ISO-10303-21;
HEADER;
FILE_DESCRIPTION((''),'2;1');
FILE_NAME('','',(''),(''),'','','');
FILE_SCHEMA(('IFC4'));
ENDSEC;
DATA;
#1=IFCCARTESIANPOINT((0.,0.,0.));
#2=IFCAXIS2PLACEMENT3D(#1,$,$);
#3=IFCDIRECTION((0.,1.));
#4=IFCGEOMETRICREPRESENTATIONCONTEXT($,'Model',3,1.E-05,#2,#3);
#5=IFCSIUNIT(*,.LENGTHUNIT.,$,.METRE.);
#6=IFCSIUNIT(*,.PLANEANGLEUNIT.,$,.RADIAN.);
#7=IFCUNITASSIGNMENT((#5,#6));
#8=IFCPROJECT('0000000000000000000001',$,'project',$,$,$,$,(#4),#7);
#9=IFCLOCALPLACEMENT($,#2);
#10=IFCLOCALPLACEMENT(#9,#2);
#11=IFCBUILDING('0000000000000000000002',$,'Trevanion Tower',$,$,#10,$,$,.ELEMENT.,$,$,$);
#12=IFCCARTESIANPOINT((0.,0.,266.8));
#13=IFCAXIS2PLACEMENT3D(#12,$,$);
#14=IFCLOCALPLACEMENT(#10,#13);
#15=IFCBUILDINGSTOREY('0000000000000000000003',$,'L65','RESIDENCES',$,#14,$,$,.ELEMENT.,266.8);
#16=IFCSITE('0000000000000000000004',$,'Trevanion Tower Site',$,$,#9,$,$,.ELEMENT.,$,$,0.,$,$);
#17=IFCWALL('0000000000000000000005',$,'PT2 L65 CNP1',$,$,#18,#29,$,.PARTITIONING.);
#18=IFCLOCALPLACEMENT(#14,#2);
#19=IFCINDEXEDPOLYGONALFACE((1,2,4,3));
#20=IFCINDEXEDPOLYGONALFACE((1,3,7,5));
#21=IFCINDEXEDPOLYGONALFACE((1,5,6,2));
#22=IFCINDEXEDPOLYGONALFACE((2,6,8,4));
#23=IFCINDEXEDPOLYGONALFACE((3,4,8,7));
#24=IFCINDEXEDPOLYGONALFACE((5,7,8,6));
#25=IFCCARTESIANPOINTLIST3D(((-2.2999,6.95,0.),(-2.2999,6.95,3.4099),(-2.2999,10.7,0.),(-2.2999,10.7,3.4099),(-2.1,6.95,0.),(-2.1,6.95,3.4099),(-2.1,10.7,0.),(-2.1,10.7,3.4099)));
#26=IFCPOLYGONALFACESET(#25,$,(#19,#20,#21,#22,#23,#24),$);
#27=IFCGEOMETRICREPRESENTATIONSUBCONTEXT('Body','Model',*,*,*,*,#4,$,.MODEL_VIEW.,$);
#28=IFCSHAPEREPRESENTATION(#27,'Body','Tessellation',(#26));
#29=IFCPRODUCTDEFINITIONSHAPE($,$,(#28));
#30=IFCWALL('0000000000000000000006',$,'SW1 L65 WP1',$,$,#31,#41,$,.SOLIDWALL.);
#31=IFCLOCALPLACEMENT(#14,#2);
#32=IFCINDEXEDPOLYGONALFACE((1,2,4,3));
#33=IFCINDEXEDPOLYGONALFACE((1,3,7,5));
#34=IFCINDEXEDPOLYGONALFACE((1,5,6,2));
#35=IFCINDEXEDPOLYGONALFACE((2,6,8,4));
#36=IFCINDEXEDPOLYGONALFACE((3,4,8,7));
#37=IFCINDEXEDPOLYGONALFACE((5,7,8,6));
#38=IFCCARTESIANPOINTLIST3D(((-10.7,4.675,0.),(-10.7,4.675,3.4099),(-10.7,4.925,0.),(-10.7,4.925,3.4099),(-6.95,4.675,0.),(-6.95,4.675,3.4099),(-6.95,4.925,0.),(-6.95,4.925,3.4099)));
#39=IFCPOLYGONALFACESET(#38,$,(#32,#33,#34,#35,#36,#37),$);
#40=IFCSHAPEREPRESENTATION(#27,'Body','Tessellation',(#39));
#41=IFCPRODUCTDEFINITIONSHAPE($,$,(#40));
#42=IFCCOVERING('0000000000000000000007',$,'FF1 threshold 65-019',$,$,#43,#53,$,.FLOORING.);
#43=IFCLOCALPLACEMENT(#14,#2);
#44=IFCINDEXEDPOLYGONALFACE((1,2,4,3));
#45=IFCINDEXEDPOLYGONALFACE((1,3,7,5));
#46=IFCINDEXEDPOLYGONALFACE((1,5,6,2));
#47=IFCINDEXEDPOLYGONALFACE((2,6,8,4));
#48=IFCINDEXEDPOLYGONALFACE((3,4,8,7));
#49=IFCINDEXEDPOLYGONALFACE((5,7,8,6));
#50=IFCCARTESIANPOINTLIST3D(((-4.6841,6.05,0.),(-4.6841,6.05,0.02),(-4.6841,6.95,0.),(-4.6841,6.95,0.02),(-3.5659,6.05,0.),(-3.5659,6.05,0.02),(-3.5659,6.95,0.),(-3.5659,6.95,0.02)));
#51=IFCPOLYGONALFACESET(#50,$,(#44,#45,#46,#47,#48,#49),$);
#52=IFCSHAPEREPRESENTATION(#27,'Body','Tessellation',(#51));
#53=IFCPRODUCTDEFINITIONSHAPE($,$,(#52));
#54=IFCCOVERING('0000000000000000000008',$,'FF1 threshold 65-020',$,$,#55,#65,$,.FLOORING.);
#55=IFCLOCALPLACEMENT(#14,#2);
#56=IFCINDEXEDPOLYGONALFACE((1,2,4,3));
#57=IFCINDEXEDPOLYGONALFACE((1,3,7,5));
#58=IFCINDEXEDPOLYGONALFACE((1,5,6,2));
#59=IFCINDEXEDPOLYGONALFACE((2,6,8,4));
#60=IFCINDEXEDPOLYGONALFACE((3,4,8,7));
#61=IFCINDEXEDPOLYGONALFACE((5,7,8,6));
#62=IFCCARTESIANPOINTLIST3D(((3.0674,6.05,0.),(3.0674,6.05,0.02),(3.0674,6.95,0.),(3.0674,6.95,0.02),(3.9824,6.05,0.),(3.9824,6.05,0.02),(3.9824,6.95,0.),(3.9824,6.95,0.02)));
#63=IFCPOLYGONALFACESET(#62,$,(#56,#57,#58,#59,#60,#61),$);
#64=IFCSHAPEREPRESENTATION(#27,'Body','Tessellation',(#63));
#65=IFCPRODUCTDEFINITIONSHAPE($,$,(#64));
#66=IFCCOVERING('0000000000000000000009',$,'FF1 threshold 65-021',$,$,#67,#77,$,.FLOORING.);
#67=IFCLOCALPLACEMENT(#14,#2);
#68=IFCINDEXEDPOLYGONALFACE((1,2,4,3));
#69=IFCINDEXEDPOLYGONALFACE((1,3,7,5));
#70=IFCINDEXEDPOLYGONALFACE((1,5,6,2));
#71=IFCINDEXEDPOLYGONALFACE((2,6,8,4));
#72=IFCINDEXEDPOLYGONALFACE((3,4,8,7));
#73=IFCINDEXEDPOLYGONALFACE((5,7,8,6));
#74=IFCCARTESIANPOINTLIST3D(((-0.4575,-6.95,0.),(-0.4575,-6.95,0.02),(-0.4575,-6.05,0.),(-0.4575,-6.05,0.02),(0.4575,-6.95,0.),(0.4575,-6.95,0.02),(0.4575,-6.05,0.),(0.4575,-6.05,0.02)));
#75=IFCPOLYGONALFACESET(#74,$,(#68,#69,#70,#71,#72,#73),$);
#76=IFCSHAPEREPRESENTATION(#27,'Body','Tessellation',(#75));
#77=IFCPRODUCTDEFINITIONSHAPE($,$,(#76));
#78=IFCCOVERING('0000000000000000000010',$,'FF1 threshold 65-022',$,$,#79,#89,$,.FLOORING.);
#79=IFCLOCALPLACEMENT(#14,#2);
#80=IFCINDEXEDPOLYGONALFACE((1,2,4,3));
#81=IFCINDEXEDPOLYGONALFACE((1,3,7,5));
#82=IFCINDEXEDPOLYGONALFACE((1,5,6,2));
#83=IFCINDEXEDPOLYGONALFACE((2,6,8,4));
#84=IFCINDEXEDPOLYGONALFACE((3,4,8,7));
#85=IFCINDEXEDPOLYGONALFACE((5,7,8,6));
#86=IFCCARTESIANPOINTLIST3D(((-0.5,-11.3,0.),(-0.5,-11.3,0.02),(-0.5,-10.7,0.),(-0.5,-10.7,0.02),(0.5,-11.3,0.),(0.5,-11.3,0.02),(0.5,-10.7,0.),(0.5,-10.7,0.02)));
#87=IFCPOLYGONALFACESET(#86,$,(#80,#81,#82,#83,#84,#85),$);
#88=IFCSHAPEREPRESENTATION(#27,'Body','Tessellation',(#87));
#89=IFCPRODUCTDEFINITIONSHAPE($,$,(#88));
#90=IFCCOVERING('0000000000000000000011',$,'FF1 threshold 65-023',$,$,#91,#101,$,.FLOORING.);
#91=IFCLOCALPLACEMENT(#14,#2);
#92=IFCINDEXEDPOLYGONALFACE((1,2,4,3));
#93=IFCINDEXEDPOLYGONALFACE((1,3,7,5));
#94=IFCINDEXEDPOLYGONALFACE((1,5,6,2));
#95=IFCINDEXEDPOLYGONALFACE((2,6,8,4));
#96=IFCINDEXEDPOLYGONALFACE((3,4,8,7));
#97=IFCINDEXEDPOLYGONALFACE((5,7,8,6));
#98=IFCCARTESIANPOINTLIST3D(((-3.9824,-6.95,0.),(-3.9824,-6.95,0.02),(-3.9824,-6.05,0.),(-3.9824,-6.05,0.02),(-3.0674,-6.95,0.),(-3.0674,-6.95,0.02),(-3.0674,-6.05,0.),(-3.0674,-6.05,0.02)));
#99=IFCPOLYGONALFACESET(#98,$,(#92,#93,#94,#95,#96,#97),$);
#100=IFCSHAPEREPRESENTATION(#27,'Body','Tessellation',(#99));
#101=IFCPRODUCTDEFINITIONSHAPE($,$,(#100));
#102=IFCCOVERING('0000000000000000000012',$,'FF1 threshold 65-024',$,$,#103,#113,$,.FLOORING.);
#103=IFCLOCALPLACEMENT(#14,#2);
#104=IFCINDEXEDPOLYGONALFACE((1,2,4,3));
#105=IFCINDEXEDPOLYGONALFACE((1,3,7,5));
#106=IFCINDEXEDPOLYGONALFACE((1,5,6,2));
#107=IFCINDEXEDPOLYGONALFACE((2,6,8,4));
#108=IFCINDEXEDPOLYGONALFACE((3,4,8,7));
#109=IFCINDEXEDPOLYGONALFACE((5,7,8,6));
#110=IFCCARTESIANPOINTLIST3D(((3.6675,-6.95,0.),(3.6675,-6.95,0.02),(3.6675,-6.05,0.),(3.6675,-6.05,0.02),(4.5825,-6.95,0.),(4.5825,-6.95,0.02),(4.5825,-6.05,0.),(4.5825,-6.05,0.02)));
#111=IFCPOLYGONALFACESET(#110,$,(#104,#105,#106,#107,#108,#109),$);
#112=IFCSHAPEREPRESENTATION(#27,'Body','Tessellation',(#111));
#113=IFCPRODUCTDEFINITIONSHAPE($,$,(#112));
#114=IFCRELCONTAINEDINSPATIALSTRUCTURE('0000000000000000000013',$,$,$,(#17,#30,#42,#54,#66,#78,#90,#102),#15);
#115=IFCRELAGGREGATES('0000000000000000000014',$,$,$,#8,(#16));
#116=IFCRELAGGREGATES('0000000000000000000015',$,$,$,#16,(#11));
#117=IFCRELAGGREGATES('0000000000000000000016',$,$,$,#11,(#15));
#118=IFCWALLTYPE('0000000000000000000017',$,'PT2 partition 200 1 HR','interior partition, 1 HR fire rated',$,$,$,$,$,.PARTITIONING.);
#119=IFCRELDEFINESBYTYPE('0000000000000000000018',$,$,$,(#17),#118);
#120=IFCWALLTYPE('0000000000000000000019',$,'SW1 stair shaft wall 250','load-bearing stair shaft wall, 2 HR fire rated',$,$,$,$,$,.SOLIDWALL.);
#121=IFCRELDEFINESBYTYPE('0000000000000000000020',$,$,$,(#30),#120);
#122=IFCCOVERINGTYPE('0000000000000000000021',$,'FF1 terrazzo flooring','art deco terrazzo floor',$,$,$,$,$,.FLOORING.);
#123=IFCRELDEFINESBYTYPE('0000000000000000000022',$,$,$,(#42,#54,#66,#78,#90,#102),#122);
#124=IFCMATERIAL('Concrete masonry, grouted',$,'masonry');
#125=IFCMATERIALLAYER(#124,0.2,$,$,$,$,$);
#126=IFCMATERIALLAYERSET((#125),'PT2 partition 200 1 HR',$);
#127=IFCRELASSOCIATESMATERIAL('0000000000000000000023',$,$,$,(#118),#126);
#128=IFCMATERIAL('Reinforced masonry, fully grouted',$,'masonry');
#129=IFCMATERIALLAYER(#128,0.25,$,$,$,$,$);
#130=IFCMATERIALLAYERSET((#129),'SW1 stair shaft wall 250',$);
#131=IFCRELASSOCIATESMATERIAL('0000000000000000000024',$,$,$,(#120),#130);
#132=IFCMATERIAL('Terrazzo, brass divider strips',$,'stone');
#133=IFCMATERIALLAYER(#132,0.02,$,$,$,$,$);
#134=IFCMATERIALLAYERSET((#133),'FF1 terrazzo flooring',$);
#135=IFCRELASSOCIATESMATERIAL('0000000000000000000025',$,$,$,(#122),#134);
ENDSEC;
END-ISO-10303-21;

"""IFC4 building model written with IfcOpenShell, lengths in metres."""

from ifc_helpers import new_model, si_unit, direction, frame, frame_2d, origin, place, context, subcontext, project, spatial, polyline, rectangle, outline, extrude, material, layer, layer_set, type_object, element, save


model = new_model("IFC4")

# Units and contexts
model_context = context("Model", 3, precision=1e-05, world=origin(), true_north=direction((0.0, 1.0)))
body_context = subcontext(model_context, "Body", "Model", "MODEL_VIEW")
ifc_project = project(units=[si_unit("LENGTHUNIT", "METRE"), si_unit("PLANEANGLEUNIT", "RADIAN")], contexts=[model_context])

# Site, building, storey
site_placement = place(None, origin())
site = spatial("IfcSite", under=ifc_project, at=site_placement, Name="Trevanion Tower Site", CompositionType="ELEMENT", RefElevation=0.0)
building_placement = place(site_placement, origin())
building = spatial("IfcBuilding", under=site, at=building_placement, Name="Trevanion Tower", CompositionType="ELEMENT")
storey_placement = place(building_placement, frame((0.0, 0.0, 266.8)))
storey = spatial("IfcBuildingStorey", under=building, at=storey_placement, Name="L65", Description="RESIDENCES", CompositionType="ELEMENT", Elevation=266.8)

# Shared definitions
ifc_material_1 = material(Name="Concrete masonry, grouted", Category="masonry")
ifc_layer_1 = layer(ifc_material_1, 0.2)
ifc_layer_set_1 = layer_set([ifc_layer_1], Name="PT2 partition 200 1 HR")
wall_type_1 = type_object("IfcWallType", Name="PT2 partition 200 1 HR", Description="interior partition, 1 HR fire rated", PredefinedType="PARTITIONING", material=ifc_layer_set_1)

# Walls
wall_1_placement = place(storey_placement, frame((-2.2, 6.95, 0.0), z_axis=(0.0, 0.0, 1.0), x_axis=(0.0, 1.0, 0.0)))
element("IfcWall", 1, at=wall_1_placement, inside=storey, type_object=wall_type_1, Name="PT2 L65 CNP1", PredefinedType="PARTITIONING", context=body_context, shape_type="SweptSolid", body=[
    extrude(rectangle(XDim=3.75, YDim=0.2, at=frame_2d((1.875, 0.0))), origin(), (0.0, 0.0, 1.0), 3.4099),
])
ifc_material_2 = material(Name="Reinforced masonry, fully grouted", Category="masonry")
ifc_layer_2 = layer(ifc_material_2, 0.25)
ifc_layer_set_2 = layer_set([ifc_layer_2], Name="SW1 stair shaft wall 250")
wall_type_2 = type_object("IfcWallType", Name="SW1 stair shaft wall 250", Description="load-bearing stair shaft wall, 2 HR fire rated", PredefinedType="SOLIDWALL", material=ifc_layer_set_2)
wall_2_placement = place(storey_placement, frame((-6.95, 4.8, 0.0), z_axis=(0.0, 0.0, 1.0), x_axis=(-1.0, 0.0, 0.0)))
element("IfcWall", 2, at=wall_2_placement, inside=storey, type_object=wall_type_2, Name="SW1 L65 WP1", PredefinedType="SOLIDWALL", context=body_context, shape_type="SweptSolid", body=[
    extrude(rectangle(XDim=3.75, YDim=0.25, at=frame_2d((1.875, 0.0))), origin(), (0.0, 0.0, 1.0), 3.4099),
])

# Coverings
ifc_material_3 = material(Name="Terrazzo, brass divider strips", Category="stone")
ifc_layer_3 = layer(ifc_material_3, 0.02)
ifc_layer_set_3 = layer_set([ifc_layer_3], Name="FF1 terrazzo flooring")
covering_type = type_object("IfcCoveringType", Name="FF1 terrazzo flooring", Description="art deco terrazzo floor", PredefinedType="FLOORING", material=ifc_layer_set_3)
covering_1_placement = place(storey_placement, origin())
element("IfcCovering", 3, at=covering_1_placement, inside=storey, type_object=covering_type, Name="FF1 threshold 65-019", PredefinedType="FLOORING", context=body_context, shape_type="SweptSolid", body=[
    extrude(outline(polyline([(-3.5659, 6.95), (-4.6841, 6.95), (-4.6841, 6.05), (-3.5659, 6.05), (-3.5659, 6.95)])), origin(), (0.0, 0.0, 1.0), 0.02),
])
covering_2_placement = place(storey_placement, origin())
element("IfcCovering", 4, at=covering_2_placement, inside=storey, type_object=covering_type, Name="FF1 threshold 65-020", PredefinedType="FLOORING", context=body_context, shape_type="SweptSolid", body=[
    extrude(outline(polyline([(3.9824, 6.95), (3.0674, 6.95), (3.0674, 6.05), (3.9824, 6.05), (3.9824, 6.95)])), origin(), (0.0, 0.0, 1.0), 0.02),
])
covering_3_placement = place(storey_placement, origin())
element("IfcCovering", 5, at=covering_3_placement, inside=storey, type_object=covering_type, Name="FF1 threshold 65-021", PredefinedType="FLOORING", context=body_context, shape_type="SweptSolid", body=[
    extrude(outline(polyline([(-0.4575, -6.95), (0.4575, -6.95), (0.4575, -6.05), (-0.4575, -6.05), (-0.4575, -6.95)])), origin(), (0.0, 0.0, 1.0), 0.02),
])
covering_4_placement = place(storey_placement, origin())
element("IfcCovering", 6, at=covering_4_placement, inside=storey, type_object=covering_type, Name="FF1 threshold 65-022", PredefinedType="FLOORING", context=body_context, shape_type="SweptSolid", body=[
    extrude(outline(polyline([(-0.5, -11.3), (0.5, -11.3), (0.5, -10.7), (-0.5, -10.7), (-0.5, -11.3)])), origin(), (0.0, 0.0, 1.0), 0.02),
])
covering_5_placement = place(storey_placement, origin())
element("IfcCovering", 7, at=covering_5_placement, inside=storey, type_object=covering_type, Name="FF1 threshold 65-023", PredefinedType="FLOORING", context=body_context, shape_type="SweptSolid", body=[
    extrude(outline(polyline([(-3.9824, -6.95), (-3.0674, -6.95), (-3.0674, -6.05), (-3.9824, -6.05), (-3.9824, -6.95)])), origin(), (0.0, 0.0, 1.0), 0.02),
])
covering_6_placement = place(storey_placement, origin())
element("IfcCovering", 8, at=covering_6_placement, inside=storey, type_object=covering_type, Name="FF1 threshold 65-024", PredefinedType="FLOORING", context=body_context, shape_type="SweptSolid", body=[
    extrude(outline(polyline([(3.6675, -6.95), (4.5825, -6.95), (4.5825, -6.05), (3.6675, -6.05), (3.6675, -6.95)])), origin(), (0.0, 0.0, 1.0), 0.02),
])

save(model, "model.ifc")
